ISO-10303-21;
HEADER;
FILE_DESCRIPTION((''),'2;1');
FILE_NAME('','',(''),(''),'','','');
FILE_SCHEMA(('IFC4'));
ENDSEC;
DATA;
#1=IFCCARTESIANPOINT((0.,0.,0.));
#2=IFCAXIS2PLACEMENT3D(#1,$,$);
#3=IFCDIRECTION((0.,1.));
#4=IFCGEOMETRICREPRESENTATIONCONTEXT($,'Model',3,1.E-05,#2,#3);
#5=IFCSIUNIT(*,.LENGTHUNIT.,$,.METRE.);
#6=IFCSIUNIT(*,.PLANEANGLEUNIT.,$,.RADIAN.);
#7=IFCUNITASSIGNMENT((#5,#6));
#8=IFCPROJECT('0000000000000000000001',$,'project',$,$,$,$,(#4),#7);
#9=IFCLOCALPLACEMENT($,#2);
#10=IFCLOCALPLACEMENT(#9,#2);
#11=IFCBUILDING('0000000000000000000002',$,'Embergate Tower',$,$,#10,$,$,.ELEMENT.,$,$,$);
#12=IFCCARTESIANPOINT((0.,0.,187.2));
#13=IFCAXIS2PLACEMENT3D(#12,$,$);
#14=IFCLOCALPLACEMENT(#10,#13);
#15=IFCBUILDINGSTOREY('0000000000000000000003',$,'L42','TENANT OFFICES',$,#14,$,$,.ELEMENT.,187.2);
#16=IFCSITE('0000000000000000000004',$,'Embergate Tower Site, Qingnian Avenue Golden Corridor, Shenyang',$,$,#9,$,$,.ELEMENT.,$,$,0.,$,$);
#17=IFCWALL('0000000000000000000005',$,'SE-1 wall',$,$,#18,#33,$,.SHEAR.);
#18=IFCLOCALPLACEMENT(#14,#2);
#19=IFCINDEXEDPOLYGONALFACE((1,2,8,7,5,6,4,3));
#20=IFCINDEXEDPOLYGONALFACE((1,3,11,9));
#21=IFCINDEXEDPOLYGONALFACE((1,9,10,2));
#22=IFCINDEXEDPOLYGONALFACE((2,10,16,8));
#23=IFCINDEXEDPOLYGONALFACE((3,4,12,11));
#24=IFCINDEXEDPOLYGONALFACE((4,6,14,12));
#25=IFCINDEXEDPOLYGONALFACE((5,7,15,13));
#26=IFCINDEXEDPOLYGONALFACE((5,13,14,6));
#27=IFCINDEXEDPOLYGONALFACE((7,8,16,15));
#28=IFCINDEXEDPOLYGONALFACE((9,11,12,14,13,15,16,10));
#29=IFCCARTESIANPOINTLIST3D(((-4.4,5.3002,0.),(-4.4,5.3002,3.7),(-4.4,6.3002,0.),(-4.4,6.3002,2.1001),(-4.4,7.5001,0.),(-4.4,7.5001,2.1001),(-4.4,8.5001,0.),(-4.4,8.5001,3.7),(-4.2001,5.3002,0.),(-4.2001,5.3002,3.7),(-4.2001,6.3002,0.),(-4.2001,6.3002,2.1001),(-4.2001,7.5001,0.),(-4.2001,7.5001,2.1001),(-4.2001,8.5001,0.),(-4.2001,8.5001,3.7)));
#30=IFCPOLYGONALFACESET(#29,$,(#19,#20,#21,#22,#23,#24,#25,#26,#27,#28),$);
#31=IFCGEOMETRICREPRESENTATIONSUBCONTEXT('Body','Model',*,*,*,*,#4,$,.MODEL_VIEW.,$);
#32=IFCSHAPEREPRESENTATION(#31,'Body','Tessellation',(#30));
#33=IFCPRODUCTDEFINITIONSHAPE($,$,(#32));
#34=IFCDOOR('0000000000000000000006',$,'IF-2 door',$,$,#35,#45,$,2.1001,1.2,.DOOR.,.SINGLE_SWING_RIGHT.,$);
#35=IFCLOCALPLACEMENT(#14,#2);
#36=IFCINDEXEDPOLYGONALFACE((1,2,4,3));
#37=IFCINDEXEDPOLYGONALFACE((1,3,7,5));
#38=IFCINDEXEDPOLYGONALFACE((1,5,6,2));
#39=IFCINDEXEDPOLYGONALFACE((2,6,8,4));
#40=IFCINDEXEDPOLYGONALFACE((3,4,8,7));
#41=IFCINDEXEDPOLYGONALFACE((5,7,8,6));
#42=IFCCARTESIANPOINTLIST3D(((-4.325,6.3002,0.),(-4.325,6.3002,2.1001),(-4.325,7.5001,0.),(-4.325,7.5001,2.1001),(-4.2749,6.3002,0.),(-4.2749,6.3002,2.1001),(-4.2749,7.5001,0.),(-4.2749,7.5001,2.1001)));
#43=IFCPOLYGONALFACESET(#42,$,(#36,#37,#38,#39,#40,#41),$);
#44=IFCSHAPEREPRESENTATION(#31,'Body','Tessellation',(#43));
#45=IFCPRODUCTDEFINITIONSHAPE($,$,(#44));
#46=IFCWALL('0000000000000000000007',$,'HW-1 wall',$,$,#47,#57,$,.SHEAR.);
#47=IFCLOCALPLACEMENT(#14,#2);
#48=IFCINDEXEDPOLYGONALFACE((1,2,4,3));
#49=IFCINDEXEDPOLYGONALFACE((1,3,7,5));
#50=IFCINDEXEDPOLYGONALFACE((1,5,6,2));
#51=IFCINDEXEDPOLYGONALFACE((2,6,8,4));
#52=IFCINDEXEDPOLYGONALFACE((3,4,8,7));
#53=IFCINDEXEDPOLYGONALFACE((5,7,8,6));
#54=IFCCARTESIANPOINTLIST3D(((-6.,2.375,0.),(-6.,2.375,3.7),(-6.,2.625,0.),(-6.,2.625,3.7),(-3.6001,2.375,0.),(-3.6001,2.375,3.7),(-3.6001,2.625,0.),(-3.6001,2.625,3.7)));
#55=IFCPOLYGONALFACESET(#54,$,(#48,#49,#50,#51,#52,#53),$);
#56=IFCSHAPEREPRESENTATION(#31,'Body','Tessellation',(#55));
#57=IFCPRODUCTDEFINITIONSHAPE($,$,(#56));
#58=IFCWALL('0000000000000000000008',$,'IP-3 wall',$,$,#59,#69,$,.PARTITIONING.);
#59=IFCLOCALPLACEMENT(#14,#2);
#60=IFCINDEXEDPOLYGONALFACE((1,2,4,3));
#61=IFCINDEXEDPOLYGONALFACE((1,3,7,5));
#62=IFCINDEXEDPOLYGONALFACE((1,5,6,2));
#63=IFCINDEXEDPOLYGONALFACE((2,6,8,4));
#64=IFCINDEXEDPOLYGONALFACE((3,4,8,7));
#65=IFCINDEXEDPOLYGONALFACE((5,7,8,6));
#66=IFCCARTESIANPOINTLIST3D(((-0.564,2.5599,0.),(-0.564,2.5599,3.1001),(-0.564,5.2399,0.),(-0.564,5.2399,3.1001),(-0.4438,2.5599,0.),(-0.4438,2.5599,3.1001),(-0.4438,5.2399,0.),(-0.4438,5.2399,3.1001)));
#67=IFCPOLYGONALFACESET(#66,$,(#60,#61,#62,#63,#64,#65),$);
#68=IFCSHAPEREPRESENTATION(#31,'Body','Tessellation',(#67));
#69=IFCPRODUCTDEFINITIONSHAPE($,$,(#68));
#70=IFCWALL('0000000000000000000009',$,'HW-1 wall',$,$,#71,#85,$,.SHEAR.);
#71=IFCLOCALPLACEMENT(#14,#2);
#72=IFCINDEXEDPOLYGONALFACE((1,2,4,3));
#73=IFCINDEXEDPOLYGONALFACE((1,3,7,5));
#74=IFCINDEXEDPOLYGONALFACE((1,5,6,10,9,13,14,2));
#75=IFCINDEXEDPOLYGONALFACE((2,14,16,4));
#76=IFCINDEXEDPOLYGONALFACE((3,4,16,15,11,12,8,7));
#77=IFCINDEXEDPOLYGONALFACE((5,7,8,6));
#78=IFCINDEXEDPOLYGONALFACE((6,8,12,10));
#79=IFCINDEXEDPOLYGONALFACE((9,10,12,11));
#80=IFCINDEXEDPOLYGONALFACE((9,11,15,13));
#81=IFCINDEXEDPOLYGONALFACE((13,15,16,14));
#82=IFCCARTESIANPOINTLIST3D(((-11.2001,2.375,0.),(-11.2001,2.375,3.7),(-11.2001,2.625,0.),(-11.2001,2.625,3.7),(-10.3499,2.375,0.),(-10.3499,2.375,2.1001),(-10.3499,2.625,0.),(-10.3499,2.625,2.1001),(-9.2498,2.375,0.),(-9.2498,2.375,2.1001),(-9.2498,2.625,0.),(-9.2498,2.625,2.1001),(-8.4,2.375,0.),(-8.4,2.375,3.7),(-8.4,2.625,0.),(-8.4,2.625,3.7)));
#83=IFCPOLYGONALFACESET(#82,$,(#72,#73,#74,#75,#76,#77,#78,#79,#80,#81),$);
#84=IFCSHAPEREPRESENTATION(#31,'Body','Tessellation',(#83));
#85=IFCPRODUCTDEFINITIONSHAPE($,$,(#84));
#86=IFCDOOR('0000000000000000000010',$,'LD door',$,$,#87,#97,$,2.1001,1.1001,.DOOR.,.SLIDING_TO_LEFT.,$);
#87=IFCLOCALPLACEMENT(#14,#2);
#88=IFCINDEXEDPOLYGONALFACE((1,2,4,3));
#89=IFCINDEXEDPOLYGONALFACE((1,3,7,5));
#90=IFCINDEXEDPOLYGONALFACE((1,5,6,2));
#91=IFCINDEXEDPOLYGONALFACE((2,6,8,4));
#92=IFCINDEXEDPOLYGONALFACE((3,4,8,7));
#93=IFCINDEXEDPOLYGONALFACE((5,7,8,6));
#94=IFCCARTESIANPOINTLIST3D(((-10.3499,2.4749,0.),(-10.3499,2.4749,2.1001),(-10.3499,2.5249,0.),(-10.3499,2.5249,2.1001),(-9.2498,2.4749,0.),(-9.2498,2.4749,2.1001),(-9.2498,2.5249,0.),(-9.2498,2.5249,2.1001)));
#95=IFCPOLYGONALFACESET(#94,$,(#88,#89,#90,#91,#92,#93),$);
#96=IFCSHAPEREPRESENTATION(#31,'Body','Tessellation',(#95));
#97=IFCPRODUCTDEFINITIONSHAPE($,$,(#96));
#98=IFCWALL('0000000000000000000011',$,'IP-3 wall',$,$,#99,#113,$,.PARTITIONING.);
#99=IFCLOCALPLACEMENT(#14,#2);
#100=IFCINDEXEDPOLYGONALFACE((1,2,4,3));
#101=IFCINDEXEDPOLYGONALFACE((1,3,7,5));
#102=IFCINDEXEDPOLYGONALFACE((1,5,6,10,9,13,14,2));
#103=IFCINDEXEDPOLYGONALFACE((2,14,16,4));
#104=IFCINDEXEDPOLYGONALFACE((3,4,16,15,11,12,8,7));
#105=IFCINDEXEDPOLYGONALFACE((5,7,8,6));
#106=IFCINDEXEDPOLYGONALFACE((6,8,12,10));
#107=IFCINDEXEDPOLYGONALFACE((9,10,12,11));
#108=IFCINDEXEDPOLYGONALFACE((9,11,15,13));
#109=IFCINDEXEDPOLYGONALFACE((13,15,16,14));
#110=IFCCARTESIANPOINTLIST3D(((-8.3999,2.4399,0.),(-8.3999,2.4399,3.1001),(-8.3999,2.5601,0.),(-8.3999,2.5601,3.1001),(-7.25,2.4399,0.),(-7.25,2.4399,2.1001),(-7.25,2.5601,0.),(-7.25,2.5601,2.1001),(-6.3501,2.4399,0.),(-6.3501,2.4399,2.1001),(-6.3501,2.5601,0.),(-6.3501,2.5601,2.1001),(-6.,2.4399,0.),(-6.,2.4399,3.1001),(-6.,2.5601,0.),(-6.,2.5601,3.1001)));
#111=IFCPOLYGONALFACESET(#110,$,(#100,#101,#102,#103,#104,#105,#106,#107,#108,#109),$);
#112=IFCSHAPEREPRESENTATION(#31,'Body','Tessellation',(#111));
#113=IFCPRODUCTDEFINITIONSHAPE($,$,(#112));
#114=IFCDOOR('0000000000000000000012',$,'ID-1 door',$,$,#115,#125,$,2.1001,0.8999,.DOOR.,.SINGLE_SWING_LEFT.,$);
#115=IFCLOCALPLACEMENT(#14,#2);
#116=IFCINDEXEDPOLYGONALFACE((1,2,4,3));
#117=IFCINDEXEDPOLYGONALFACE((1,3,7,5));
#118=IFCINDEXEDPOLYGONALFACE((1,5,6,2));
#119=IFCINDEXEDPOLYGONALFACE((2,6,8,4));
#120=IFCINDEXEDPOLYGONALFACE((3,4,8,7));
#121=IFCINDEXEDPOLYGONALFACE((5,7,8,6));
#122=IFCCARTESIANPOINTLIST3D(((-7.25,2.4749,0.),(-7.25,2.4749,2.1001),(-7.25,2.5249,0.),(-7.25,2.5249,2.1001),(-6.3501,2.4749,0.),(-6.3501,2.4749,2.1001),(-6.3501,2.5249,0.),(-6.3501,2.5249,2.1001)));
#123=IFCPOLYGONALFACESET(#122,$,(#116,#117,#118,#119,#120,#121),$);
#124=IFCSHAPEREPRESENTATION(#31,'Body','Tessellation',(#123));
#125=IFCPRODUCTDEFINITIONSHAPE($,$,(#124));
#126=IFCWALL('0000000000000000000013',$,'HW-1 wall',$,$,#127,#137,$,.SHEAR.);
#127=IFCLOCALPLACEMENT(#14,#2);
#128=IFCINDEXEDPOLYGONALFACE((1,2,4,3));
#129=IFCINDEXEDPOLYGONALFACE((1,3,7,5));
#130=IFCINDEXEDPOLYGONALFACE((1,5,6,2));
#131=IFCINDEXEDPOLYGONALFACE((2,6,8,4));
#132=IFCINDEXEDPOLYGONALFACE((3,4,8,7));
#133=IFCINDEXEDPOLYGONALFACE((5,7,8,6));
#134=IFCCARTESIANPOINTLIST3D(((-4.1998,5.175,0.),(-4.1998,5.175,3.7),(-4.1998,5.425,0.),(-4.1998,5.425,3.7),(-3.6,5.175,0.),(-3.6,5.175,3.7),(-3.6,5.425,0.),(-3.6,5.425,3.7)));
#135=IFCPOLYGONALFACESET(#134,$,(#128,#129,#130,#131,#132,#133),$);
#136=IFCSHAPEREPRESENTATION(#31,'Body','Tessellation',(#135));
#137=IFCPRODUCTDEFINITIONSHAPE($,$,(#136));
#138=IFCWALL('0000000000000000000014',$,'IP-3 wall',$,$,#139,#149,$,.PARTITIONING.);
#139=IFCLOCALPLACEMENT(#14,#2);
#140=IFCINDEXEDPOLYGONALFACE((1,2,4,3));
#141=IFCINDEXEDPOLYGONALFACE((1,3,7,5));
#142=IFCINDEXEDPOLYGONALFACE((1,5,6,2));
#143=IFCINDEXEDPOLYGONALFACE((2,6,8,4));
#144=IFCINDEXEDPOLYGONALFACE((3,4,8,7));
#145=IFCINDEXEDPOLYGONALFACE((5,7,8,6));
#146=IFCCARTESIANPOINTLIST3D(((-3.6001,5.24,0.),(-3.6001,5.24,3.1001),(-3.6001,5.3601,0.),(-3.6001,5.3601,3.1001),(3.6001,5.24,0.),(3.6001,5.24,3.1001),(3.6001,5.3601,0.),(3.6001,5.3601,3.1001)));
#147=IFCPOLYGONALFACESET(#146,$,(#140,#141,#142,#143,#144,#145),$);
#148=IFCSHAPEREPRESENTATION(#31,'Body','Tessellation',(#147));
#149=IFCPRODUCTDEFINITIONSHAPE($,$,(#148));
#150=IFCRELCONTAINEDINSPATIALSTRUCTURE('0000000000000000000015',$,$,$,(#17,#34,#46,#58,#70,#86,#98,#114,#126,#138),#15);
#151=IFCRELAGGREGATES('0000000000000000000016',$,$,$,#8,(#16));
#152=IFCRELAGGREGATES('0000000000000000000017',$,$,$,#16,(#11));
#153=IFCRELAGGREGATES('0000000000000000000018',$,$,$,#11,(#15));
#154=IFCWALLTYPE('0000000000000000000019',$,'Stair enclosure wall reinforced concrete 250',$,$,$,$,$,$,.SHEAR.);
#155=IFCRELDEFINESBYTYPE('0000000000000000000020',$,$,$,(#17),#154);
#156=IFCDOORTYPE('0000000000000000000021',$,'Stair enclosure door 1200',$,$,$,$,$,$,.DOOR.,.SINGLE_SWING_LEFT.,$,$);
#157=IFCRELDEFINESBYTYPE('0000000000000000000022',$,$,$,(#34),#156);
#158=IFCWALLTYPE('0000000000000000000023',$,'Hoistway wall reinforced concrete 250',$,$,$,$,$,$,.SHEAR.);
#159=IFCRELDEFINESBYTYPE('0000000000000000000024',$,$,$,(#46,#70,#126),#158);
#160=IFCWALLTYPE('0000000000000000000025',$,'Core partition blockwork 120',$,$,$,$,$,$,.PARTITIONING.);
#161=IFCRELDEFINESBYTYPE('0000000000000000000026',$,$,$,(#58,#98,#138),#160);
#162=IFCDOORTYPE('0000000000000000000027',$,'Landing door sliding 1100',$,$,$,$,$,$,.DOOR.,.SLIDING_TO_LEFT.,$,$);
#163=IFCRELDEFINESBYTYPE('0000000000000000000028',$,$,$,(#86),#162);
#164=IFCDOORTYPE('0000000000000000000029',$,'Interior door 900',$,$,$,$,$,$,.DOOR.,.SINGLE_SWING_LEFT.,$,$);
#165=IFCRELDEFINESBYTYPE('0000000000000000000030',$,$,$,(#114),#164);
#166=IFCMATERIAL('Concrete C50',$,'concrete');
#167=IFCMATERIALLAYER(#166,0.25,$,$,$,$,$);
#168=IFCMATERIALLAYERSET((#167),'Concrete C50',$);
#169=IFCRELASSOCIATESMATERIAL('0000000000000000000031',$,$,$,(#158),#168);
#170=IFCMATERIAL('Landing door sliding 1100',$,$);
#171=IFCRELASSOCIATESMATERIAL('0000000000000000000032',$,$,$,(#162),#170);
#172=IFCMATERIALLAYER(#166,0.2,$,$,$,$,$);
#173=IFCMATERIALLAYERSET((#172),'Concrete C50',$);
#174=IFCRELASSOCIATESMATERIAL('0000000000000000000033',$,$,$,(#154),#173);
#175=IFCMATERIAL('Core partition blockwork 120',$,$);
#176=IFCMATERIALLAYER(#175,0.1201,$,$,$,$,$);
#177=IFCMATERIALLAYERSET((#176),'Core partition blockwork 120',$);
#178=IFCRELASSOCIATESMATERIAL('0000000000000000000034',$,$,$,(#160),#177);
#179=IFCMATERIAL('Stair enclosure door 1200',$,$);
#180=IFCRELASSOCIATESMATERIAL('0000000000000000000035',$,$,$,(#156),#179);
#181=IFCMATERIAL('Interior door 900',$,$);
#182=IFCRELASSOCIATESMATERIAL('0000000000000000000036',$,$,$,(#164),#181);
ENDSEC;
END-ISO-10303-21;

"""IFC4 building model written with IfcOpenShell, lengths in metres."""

from ifc_helpers import new_model, si_unit, direction, frame, frame_2d, origin, place, context, subcontext, project, spatial, rectangle, extrude, source, transform, mapped, material, layer, layer_set, type_object, element, fill, save


model = new_model("IFC4")

# Units and contexts
model_context = context("Model", 3, precision=1e-05, world=origin(), true_north=direction((0.0, 1.0)))
body_context = subcontext(model_context, "Body", "Model", "MODEL_VIEW")
ifc_project = project(units=[si_unit("LENGTHUNIT", "METRE"), si_unit("PLANEANGLEUNIT", "RADIAN")], contexts=[model_context])

# Site, building, storey
site_placement = place(None, origin())
site = spatial("IfcSite", under=ifc_project, at=site_placement, Name="Embergate Tower Site, Qingnian Avenue Golden Corridor, Shenyang", CompositionType="ELEMENT", RefElevation=0.0)
building_placement = place(site_placement, origin())
building = spatial("IfcBuilding", under=site, at=building_placement, Name="Embergate Tower", CompositionType="ELEMENT")
storey_placement = place(building_placement, frame((0.0, 0.0, 187.2)))
storey = spatial("IfcBuildingStorey", under=building, at=storey_placement, Name="L42", Description="TENANT OFFICES", CompositionType="ELEMENT", Elevation=187.2)

# Shared definitions
ifc_material_1 = material(Name="Concrete C50", Category="concrete")
ifc_layer_1 = layer(ifc_material_1, 0.25)
ifc_layer_set_1 = layer_set([ifc_layer_1], Name="Concrete C50")
wall_type_1 = type_object("IfcWallType", Name="Hoistway wall reinforced concrete 250", PredefinedType="SHEAR", material=ifc_layer_set_1)

# Shared definitions
shared_shape_1 = source(origin(), body_context, "Body", "SweptSolid", [
    extrude(rectangle(XDim=1.1001, YDim=2.1001, at=frame_2d((0.55, 1.05))), frame((0.0, 0.135, 0.0), z_axis=(0.0, -1.0, 0.0), x_axis=(1.0, 0.0, 0.0)), (0.0, 0.0, 1.0), 0.27),
])
ifc_material_2 = material(Name="Landing door sliding 1100")
door_type_1 = type_object("IfcDoorType", Name="Landing door sliding 1100", OperationType="SLIDING_TO_LEFT", PredefinedType="DOOR", material=ifc_material_2)
shared_shape_2 = source(origin(), body_context, "Body", "SweptSolid", [
    extrude(rectangle(XDim=1.1001, YDim=2.1001, at=frame_2d((0.55, 1.05))), frame((0.0, 0.0249, 0.0), z_axis=(0.0, -1.0, 0.0), x_axis=(1.0, 0.0, 0.0)), (0.0, 0.0, 1.0), 0.05),
])

# Shared definitions
ifc_layer_2 = layer(ifc_material_1, 0.2)
ifc_layer_set_2 = layer_set([ifc_layer_2], Name="Concrete C50")
wall_type_2 = type_object("IfcWallType", Name="Stair enclosure wall reinforced concrete 250", PredefinedType="SHEAR", material=ifc_layer_set_2)

# Wall, opening, door
ifc_material_3 = material(Name="Core partition blockwork 120")
ifc_layer_3 = layer(ifc_material_3, 0.1201)
ifc_layer_set_3 = layer_set([ifc_layer_3], Name="Core partition blockwork 120")
wall_type_3 = type_object("IfcWallType", Name="Core partition blockwork 120", PredefinedType="PARTITIONING", material=ifc_layer_set_3)
shared_shape_3 = source(origin(), body_context, "Body", "SweptSolid", [
    extrude(rectangle(XDim=3.2, YDim=0.2, at=frame_2d((1.6001, 0.0))), origin(), (0.0, 0.0, 1.0), 3.7),
])
wall_1_placement = place(storey_placement, frame((-4.3, 5.3, 0.0), z_axis=(0.0, 0.0, 1.0), x_axis=(0.0, 1.0, 0.0)))
wall_1 = element("IfcWall", 1, at=wall_1_placement, inside=storey, type_object=wall_type_2, Name="SE-1 wall", PredefinedType="SHEAR", context=body_context, shape_type="MappedRepresentation", body=[
    mapped(shared_shape_3, transform((0.0, 0.0, 0.0))),
])
shared_shape_4 = source(origin(), body_context, "Body", "SweptSolid", [
    extrude(rectangle(XDim=1.2, YDim=2.1001, at=frame_2d((0.6001, 1.05))), frame((0.0, 0.1099, 0.0), z_axis=(0.0, -1.0, 0.0), x_axis=(1.0, 0.0, 0.0)), (0.0, 0.0, 1.0), 0.22),
])
opening_1_placement = place(wall_1_placement, frame((1.0, 0.0, 0.0)))
opening_1 = element("IfcOpeningElement", 2, at=opening_1_placement, cuts=wall_1, PredefinedType="OPENING", context=body_context, shape_type="MappedRepresentation", body=[
    mapped(shared_shape_4, transform((0.0, 0.0, 0.0))),
])
ifc_material_4 = material(Name="Stair enclosure door 1200")
door_type_2 = type_object("IfcDoorType", Name="Stair enclosure door 1200", OperationType="SINGLE_SWING_LEFT", PredefinedType="DOOR", material=ifc_material_4)
shared_shape_5 = source(origin(), body_context, "Body", "SweptSolid", [
    extrude(rectangle(XDim=1.2, YDim=2.1001, at=frame_2d((0.6001, 1.05))), frame((0.0, 0.0249, 0.0), z_axis=(0.0, -1.0, 0.0), x_axis=(1.0, 0.0, 0.0)), (0.0, 0.0, 1.0), 0.05),
])
door_1_placement = place(opening_1_placement, origin())
door_1 = element("IfcDoor", 3, at=door_1_placement, inside=storey, type_object=door_type_2, Name="IF-2 door", OperationType="SINGLE_SWING_RIGHT", OverallHeight=2.1001, OverallWidth=1.2, PredefinedType="DOOR", context=body_context, shape_type="MappedRepresentation", body=[
    mapped(shared_shape_5, transform((0.0, 0.0, 0.0))),
])
fill(opening_1, door_1)

# Walls
shared_shape_6 = source(origin(), body_context, "Body", "SweptSolid", [
    extrude(rectangle(XDim=2.3999, YDim=0.25, at=frame_2d((1.2, 0.0))), origin(), (0.0, 0.0, 1.0), 3.7),
])
wall_2_placement = place(storey_placement, frame((-6.0, 2.5, 0.0), z_axis=(0.0, 0.0, 1.0), x_axis=(1.0, 0.0, 0.0)))
element("IfcWall", 4, at=wall_2_placement, inside=storey, type_object=wall_type_1, Name="HW-1 wall", PredefinedType="SHEAR", context=body_context, shape_type="MappedRepresentation", body=[
    mapped(shared_shape_6, transform((0.0, 0.0, 0.0))),
])
shared_shape_7 = source(origin(), body_context, "Body", "SweptSolid", [
    extrude(rectangle(XDim=2.6799, YDim=0.1201, at=frame_2d((1.3398, 0.0))), origin(), (0.0, 0.0, 1.0), 3.1001),
])
wall_3_placement = place(storey_placement, frame((-0.5039, 2.5601, 0.0), z_axis=(0.0, 0.0, 1.0), x_axis=(0.0, 1.0, 0.0)))
element("IfcWall", 5, at=wall_3_placement, inside=storey, type_object=wall_type_3, Name="IP-3 wall", PredefinedType="PARTITIONING", context=body_context, shape_type="MappedRepresentation", body=[
    mapped(shared_shape_7, transform((0.0, 0.0, 0.0))),
])

# Walls, openings, doors
shared_shape_8 = source(origin(), body_context, "Body", "SweptSolid", [
    extrude(rectangle(XDim=2.8, YDim=0.25, at=frame_2d((1.3999, 0.0))), origin(), (0.0, 0.0, 1.0), 3.7),
])
wall_4_placement = place(storey_placement, frame((-11.2, 2.5, 0.0), z_axis=(0.0, 0.0, 1.0), x_axis=(1.0, 0.0, 0.0)))
wall_4 = element("IfcWall", 6, at=wall_4_placement, inside=storey, type_object=wall_type_1, Name="HW-1 wall", PredefinedType="SHEAR", context=body_context, shape_type="MappedRepresentation", body=[
    mapped(shared_shape_8, transform((0.0, 0.0, 0.0))),
])
opening_2_placement = place(wall_4_placement, frame((0.8501, 0.0, 0.0)))
opening_2 = element("IfcOpeningElement", 7, at=opening_2_placement, cuts=wall_4, PredefinedType="OPENING", context=body_context, shape_type="MappedRepresentation", body=[
    mapped(shared_shape_1, transform((0.0, 0.0, 0.0))),
])
door_2_placement = place(opening_2_placement, origin())
door_2 = element("IfcDoor", 8, at=door_2_placement, inside=storey, type_object=door_type_1, Name="LD door", OperationType="SLIDING_TO_LEFT", OverallHeight=2.1001, OverallWidth=1.1001, PredefinedType="DOOR", context=body_context, shape_type="MappedRepresentation", body=[
    mapped(shared_shape_2, transform((0.0, 0.0, 0.0))),
])
fill(opening_2, door_2)
shared_shape_9 = source(origin(), body_context, "Body", "SweptSolid", [
    extrude(rectangle(XDim=2.3999, YDim=0.1201, at=frame_2d((1.2, 0.0))), origin(), (0.0, 0.0, 1.0), 3.1001),
])
wall_5_placement = place(storey_placement, frame((-8.3999, 2.5, 0.0), z_axis=(0.0, 0.0, 1.0), x_axis=(1.0, 0.0, 0.0)))
wall_5 = element("IfcWall", 9, at=wall_5_placement, inside=storey, type_object=wall_type_3, Name="IP-3 wall", PredefinedType="PARTITIONING", context=body_context, shape_type="MappedRepresentation", body=[
    mapped(shared_shape_9, transform((0.0, 0.0, 0.0))),
])
shared_shape_10 = source(origin(), body_context, "Body", "SweptSolid", [
    extrude(rectangle(XDim=0.8999, YDim=2.1001, at=frame_2d((0.45, 1.05))), frame((0.0, 0.0701, 0.0), z_axis=(0.0, -1.0, 0.0), x_axis=(1.0, 0.0, 0.0)), (0.0, 0.0, 1.0), 0.1401),
])
opening_3_placement = place(wall_5_placement, frame((1.1499, 0.0, 0.0)))
opening_3 = element("IfcOpeningElement", 10, at=opening_3_placement, cuts=wall_5, PredefinedType="OPENING", context=body_context, shape_type="MappedRepresentation", body=[
    mapped(shared_shape_10, transform((0.0, 0.0, 0.0))),
])
ifc_material_5 = material(Name="Interior door 900")
door_type_3 = type_object("IfcDoorType", Name="Interior door 900", OperationType="SINGLE_SWING_LEFT", PredefinedType="DOOR", material=ifc_material_5)
shared_shape_11 = source(origin(), body_context, "Body", "SweptSolid", [
    extrude(rectangle(XDim=0.8999, YDim=2.1001, at=frame_2d((0.45, 1.05))), frame((0.0, 0.0249, 0.0), z_axis=(0.0, -1.0, 0.0), x_axis=(1.0, 0.0, 0.0)), (0.0, 0.0, 1.0), 0.05),
])
door_3_placement = place(opening_3_placement, origin())
door_3 = element("IfcDoor", 11, at=door_3_placement, inside=storey, type_object=door_type_3, Name="ID-1 door", OperationType="SINGLE_SWING_LEFT", OverallHeight=2.1001, OverallWidth=0.8999, PredefinedType="DOOR", context=body_context, shape_type="MappedRepresentation", body=[
    mapped(shared_shape_11, transform((0.0, 0.0, 0.0))),
])
fill(opening_3, door_3)

# Walls
shared_shape_12 = source(origin(), body_context, "Body", "SweptSolid", [
    extrude(rectangle(XDim=0.5999, YDim=0.25, at=frame_2d((0.2998, 0.0))), origin(), (0.0, 0.0, 1.0), 3.7),
])
wall_6_placement = place(storey_placement, frame((-3.6001, 5.3, 0.0), z_axis=(0.0, 0.0, 1.0), x_axis=(-1.0, 0.0, 0.0)))
element("IfcWall", 12, at=wall_6_placement, inside=storey, type_object=wall_type_1, Name="HW-1 wall", PredefinedType="SHEAR", context=body_context, shape_type="MappedRepresentation", body=[
    mapped(shared_shape_12, transform((0.0, 0.0, 0.0))),
])
shared_shape_13 = source(origin(), body_context, "Body", "SweptSolid", [
    extrude(rectangle(XDim=7.2002, YDim=0.1201, at=frame_2d((3.6001, 0.0))), origin(), (0.0, 0.0, 1.0), 3.1001),
])
wall_7_placement = place(storey_placement, frame((-3.6001, 5.3, 0.0), z_axis=(0.0, 0.0, 1.0), x_axis=(1.0, 0.0, 0.0)))
element("IfcWall", 13, at=wall_7_placement, inside=storey, type_object=wall_type_3, Name="IP-3 wall", PredefinedType="PARTITIONING", context=body_context, shape_type="MappedRepresentation", body=[
    mapped(shared_shape_13, transform((0.0, 0.0, 0.0))),
])

save(model, "model.ifc")
